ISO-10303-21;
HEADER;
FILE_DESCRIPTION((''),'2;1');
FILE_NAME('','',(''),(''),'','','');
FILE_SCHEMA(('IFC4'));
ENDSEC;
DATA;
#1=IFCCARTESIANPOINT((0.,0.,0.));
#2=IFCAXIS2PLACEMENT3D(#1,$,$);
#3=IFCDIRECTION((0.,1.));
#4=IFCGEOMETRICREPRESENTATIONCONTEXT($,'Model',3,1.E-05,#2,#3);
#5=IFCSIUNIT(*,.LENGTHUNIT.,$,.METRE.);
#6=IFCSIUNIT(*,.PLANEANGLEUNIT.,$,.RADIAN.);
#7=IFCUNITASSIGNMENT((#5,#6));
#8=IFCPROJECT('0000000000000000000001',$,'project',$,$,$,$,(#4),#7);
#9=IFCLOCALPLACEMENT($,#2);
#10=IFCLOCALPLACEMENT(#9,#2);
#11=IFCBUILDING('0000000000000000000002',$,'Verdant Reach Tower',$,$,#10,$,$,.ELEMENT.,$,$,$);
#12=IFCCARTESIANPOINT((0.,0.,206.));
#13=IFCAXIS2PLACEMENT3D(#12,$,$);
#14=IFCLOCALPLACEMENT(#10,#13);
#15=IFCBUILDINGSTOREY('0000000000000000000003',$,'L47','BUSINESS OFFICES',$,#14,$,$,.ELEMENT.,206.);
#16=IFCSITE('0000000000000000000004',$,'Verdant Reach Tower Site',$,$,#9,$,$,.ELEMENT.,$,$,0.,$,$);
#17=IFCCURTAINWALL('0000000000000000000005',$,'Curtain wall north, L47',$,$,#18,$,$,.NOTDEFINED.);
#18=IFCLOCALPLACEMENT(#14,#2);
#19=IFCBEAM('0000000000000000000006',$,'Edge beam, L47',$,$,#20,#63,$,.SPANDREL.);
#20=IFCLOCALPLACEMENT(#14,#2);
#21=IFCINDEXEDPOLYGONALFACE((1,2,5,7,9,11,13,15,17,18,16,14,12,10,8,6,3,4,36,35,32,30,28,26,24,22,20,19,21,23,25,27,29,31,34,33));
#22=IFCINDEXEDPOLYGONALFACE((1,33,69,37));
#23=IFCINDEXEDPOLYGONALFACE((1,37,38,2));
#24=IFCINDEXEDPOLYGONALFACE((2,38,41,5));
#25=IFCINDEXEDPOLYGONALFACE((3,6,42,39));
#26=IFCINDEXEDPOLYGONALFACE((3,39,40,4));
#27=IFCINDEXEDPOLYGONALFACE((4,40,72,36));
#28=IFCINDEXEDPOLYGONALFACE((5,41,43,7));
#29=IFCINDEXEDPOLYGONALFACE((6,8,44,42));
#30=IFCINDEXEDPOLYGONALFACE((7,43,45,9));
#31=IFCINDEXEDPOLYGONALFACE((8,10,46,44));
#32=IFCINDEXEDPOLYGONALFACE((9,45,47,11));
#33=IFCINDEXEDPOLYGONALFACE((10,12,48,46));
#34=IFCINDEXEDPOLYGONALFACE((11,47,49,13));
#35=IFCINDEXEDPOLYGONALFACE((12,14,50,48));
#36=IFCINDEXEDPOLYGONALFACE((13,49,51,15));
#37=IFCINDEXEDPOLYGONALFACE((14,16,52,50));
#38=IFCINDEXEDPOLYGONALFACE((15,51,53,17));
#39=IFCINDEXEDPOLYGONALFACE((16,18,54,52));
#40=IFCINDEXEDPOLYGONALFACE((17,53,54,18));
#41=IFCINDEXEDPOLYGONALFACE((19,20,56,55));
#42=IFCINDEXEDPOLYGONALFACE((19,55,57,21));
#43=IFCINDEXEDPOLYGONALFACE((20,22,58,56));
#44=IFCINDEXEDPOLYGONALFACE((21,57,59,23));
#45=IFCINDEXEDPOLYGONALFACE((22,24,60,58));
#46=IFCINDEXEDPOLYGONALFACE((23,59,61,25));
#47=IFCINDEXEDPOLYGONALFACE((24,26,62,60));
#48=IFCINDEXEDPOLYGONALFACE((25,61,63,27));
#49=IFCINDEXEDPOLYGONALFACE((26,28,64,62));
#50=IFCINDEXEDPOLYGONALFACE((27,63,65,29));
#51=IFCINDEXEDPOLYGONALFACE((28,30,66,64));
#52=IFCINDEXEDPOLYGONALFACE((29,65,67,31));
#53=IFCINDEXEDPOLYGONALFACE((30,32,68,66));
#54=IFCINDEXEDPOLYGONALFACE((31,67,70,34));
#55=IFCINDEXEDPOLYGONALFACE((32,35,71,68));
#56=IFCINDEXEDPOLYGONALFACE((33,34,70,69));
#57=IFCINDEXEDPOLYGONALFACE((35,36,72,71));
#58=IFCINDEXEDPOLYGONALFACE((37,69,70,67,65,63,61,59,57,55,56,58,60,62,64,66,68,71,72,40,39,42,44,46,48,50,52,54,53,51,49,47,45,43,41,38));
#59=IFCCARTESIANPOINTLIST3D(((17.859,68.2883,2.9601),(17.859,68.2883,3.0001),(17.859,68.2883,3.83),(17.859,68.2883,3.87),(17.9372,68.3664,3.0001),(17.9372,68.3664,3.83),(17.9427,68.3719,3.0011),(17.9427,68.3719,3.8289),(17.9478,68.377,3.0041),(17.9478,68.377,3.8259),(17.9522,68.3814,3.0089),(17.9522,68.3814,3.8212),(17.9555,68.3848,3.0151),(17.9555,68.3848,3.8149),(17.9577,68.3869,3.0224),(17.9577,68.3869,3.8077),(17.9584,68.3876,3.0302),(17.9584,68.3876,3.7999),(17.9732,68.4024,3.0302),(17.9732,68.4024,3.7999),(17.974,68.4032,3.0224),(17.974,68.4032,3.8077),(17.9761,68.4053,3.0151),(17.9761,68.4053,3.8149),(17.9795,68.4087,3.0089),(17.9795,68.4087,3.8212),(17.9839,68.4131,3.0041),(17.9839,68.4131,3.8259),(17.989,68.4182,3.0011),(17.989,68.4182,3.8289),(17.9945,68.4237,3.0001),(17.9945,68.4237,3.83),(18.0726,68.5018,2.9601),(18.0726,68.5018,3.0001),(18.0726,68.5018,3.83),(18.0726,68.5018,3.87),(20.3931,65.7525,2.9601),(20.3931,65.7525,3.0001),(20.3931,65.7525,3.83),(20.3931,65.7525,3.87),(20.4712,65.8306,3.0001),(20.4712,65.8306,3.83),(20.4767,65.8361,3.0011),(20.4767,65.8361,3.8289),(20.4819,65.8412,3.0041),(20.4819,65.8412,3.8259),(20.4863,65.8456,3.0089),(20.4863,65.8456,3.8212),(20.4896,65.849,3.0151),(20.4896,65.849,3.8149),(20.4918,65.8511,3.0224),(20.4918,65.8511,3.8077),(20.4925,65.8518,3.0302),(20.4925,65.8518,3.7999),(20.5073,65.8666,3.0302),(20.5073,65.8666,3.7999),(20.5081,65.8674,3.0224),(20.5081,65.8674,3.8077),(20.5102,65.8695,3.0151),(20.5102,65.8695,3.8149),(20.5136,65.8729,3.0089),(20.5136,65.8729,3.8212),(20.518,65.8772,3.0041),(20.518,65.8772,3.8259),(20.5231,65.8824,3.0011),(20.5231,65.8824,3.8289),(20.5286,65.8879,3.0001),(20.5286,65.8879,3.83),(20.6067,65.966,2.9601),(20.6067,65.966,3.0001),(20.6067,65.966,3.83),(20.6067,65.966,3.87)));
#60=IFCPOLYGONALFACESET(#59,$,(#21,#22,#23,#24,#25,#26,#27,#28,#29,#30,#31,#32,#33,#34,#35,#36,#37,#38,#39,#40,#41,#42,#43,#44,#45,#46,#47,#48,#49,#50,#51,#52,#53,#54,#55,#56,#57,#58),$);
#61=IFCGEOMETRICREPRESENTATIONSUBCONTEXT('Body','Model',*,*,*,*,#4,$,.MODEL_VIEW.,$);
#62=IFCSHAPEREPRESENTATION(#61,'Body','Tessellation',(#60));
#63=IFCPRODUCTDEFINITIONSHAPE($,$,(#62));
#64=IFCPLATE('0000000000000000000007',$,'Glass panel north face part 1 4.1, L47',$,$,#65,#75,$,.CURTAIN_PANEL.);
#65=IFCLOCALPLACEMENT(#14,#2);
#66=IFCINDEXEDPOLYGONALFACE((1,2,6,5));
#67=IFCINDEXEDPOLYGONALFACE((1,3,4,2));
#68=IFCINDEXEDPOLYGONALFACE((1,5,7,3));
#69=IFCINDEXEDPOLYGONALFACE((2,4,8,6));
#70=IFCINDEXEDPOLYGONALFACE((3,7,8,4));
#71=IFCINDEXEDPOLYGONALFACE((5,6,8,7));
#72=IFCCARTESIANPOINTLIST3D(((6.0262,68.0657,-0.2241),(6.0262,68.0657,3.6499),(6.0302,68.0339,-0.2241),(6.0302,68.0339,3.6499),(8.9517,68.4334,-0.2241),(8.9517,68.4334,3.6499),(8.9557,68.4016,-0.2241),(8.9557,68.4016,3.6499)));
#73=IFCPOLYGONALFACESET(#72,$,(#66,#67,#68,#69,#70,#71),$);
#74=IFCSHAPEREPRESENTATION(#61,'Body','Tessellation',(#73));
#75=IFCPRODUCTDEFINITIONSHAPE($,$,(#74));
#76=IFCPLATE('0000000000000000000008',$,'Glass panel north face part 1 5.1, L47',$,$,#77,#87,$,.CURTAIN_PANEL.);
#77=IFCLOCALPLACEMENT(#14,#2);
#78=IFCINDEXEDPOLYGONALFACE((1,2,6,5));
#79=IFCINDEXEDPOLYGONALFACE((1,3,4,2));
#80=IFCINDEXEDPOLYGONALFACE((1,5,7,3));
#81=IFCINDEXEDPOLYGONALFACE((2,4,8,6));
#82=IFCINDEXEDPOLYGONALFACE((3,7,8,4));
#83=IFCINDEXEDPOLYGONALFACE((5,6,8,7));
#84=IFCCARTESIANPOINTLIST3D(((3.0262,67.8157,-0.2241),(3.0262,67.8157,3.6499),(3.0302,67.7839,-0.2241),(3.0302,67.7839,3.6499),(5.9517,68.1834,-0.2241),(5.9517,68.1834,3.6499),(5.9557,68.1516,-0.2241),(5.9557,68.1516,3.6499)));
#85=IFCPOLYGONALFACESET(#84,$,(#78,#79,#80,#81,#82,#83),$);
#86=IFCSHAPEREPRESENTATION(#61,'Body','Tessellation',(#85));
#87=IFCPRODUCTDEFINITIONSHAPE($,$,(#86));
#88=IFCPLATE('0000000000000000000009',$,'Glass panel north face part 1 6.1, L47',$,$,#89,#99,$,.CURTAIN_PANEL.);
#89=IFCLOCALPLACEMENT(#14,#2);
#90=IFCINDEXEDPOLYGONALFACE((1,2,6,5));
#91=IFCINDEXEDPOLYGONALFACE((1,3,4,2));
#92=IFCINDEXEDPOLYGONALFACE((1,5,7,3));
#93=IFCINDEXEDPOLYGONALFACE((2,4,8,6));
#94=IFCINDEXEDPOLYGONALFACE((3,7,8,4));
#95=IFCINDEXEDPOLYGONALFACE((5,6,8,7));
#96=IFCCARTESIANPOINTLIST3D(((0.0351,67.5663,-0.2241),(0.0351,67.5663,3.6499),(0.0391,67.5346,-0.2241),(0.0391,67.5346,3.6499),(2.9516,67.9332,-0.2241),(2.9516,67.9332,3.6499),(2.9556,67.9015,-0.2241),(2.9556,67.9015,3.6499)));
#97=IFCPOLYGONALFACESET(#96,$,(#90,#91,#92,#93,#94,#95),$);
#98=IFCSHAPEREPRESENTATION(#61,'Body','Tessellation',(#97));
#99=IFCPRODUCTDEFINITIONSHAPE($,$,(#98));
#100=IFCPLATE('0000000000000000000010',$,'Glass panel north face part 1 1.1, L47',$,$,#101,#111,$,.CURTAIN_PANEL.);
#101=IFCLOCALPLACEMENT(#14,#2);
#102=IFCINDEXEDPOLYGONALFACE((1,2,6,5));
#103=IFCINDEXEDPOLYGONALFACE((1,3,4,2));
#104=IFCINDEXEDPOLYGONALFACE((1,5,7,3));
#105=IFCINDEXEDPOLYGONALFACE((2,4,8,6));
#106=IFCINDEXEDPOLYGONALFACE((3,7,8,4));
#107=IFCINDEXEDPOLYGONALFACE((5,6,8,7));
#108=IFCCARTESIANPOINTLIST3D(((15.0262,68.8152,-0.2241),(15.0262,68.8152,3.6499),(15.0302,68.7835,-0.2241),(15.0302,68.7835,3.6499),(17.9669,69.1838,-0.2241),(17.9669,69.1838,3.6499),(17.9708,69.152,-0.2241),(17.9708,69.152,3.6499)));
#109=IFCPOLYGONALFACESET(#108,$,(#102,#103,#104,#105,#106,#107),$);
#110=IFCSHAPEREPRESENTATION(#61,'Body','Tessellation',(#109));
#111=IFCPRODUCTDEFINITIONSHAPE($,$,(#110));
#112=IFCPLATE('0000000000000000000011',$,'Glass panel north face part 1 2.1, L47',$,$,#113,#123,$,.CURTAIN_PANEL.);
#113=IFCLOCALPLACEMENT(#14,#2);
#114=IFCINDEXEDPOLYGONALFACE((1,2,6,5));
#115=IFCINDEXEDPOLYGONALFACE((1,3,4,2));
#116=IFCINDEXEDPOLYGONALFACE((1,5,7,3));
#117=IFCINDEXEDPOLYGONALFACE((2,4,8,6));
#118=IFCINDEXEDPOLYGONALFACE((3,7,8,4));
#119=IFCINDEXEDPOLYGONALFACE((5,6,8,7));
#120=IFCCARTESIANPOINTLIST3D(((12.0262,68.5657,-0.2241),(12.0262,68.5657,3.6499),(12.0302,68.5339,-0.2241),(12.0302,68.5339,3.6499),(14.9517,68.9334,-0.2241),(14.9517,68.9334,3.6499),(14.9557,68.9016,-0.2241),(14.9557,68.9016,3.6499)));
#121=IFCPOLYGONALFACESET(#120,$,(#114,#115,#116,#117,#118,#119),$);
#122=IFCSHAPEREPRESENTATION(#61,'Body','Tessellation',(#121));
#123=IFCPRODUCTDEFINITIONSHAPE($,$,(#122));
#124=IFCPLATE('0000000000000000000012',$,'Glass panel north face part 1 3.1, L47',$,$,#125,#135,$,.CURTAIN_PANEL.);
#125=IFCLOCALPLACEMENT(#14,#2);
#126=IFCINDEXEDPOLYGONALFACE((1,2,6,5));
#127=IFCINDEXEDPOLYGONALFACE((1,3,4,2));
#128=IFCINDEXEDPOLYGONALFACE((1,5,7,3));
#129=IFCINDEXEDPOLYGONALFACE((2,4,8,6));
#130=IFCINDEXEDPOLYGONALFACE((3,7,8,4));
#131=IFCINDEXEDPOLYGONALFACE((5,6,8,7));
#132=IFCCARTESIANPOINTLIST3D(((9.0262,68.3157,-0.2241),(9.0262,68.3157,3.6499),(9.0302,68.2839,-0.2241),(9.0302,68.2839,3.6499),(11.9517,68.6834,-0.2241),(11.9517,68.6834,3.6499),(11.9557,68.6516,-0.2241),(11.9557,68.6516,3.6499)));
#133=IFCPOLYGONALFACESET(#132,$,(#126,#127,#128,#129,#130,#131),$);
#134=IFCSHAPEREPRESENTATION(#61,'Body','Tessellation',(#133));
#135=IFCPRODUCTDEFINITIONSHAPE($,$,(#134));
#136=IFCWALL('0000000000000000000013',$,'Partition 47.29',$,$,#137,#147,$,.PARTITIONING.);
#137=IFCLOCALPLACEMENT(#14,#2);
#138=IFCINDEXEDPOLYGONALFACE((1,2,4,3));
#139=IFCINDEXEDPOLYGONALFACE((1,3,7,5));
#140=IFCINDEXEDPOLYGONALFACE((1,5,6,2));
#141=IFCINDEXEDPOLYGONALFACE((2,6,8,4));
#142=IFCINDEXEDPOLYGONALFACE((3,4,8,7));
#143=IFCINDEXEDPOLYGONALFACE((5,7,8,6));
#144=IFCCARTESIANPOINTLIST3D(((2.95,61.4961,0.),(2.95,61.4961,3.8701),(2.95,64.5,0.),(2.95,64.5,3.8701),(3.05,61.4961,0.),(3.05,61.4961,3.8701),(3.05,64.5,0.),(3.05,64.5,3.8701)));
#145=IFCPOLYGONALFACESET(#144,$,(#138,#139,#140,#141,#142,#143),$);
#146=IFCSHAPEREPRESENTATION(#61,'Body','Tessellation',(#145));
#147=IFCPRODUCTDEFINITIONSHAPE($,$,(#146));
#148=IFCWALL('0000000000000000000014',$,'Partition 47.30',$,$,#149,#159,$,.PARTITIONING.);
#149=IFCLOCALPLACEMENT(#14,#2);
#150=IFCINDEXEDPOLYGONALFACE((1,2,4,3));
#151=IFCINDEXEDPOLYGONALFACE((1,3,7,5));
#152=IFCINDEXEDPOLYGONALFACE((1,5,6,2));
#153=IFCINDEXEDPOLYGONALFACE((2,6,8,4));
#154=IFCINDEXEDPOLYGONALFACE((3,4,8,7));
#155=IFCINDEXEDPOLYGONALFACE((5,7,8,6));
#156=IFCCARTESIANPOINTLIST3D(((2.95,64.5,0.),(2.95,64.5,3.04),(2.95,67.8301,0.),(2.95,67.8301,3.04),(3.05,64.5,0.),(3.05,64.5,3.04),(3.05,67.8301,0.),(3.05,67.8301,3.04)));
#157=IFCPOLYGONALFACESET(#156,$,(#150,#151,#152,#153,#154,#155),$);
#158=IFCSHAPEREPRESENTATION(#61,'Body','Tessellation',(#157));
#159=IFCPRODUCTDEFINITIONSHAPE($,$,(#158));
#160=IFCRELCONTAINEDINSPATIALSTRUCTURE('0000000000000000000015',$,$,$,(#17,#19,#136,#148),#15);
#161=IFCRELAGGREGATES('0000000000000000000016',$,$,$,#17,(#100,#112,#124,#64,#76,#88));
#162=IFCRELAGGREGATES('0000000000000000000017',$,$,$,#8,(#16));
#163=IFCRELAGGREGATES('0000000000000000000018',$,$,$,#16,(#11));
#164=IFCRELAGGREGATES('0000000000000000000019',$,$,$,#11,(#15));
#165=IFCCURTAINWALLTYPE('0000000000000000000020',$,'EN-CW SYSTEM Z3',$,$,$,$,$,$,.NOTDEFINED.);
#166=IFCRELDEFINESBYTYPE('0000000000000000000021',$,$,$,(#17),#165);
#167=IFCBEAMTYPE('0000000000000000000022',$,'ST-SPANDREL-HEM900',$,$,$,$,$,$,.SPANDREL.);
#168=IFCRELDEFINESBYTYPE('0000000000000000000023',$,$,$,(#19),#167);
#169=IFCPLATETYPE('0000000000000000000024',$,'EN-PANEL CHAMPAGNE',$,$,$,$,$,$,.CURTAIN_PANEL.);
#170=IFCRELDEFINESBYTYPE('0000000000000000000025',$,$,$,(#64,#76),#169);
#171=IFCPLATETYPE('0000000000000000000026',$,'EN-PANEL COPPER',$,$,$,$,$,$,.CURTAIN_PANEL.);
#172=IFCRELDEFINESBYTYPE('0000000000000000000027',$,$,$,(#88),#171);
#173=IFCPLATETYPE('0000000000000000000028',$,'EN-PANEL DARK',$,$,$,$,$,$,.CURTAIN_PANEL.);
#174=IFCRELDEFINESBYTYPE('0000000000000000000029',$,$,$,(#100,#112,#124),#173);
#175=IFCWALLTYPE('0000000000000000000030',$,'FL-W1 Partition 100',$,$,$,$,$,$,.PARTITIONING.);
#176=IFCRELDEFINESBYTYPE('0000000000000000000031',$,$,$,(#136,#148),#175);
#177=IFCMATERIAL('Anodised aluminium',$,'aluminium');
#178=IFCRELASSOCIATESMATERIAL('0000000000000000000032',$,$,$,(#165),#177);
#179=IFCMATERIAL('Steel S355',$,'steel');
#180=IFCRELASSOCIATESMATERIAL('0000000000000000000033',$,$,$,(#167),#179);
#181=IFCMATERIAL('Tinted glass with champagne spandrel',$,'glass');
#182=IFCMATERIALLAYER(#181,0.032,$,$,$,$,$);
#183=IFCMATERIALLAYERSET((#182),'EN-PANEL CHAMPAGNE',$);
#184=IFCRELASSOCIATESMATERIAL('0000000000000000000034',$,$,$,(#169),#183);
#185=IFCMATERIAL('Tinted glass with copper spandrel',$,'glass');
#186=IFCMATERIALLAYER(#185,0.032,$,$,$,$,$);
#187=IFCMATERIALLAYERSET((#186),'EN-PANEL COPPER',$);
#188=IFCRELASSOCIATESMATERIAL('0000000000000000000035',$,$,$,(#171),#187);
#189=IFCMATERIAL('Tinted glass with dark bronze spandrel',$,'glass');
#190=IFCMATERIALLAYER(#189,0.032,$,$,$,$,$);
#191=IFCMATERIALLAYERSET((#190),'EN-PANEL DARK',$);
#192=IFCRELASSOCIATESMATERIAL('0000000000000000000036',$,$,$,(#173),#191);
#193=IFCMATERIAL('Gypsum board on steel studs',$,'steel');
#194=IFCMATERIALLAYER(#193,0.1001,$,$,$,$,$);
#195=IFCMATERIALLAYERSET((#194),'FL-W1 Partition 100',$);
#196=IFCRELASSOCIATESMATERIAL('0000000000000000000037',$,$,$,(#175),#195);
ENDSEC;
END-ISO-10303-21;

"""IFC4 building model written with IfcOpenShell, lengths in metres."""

from ifc_helpers import new_model, si_unit, direction, frame, frame_2d, origin, origin_2d, place, context, subcontext, project, spatial, rectangle, i_section, extrude, material, layer, layer_set, material_profile, profile_set, type_object, element, aggregate, save


model = new_model("IFC4")

# Units and contexts
model_context = context("Model", 3, precision=1e-05, world=origin(), true_north=direction((0.0, 1.0)))
body_context = subcontext(model_context, "Body", "Model", "MODEL_VIEW")
ifc_project = project(units=[si_unit("LENGTHUNIT", "METRE"), si_unit("PLANEANGLEUNIT", "RADIAN")], contexts=[model_context])

# Site, building, storey
site_placement = place(None, origin())
site = spatial("IfcSite", under=ifc_project, at=site_placement, Name="Verdant Reach Tower Site", CompositionType="ELEMENT", RefElevation=0.0)
building_placement = place(site_placement, origin())
building = spatial("IfcBuilding", under=site, at=building_placement, Name="Verdant Reach Tower", CompositionType="ELEMENT")
storey_placement = place(building_placement, frame((0.0, 0.0, 206.0)))
storey = spatial("IfcBuildingStorey", under=building, at=storey_placement, Name="L47", Description="BUSINESS OFFICES", CompositionType="ELEMENT", Elevation=206.0)

# Curtain wall
ifc_material_1 = material(Name="Anodised aluminium", Category="aluminium")
curtain_wall_type = type_object("IfcCurtainWallType", Name="EN-CW SYSTEM Z3", PredefinedType="NOTDEFINED", material=ifc_material_1)
curtain_wall_placement = place(storey_placement, origin())
curtain_wall = element("IfcCurtainWall", 1, at=curtain_wall_placement, inside=storey, type_object=curtain_wall_type, Name="Curtain wall north, L47", PredefinedType="NOTDEFINED")

# Beam
ifc_material_2 = material(Name="Steel S355", Category="steel")
ifc_material_profile_1 = material_profile(ifc_material_2, i_section(OverallWidth=0.302, OverallDepth=0.9099, WebThickness=0.021, FlangeThickness=0.04, FilletRadius=0.03, at=origin_2d()), Name="HEM 900")
ifc_profile_set_1 = profile_set([ifc_material_profile_1], Name="Steel S355")
beam_type_1 = type_object("IfcBeamType", Name="ST-SPANDREL-HEM900", PredefinedType="SPANDREL", material=ifc_profile_set_1)
beam_1_placement = place(storey_placement, frame((17.9658, 68.395, 3.415), z_axis=(0.706868, -0.707345, 0.0), x_axis=(0.707345, 0.706868, 0.0)))
element("IfcBeam", 2, at=beam_1_placement, inside=storey, type_object=beam_type_1, Name="Edge beam, L47", PredefinedType="SPANDREL", context=body_context, shape_type="SweptSolid", body=[
    extrude(i_section(OverallWidth=0.302, OverallDepth=0.9099, WebThickness=0.021, FlangeThickness=0.04, FilletRadius=0.03, at=origin_2d()), origin(), (0.0, 0.0, 1.0), 3.585),
])

# Plates
ifc_material_3 = material(Name="Tinted glass with champagne spandrel", Category="glass")
ifc_layer_1 = layer(ifc_material_3, 0.032)
ifc_layer_set_1 = layer_set([ifc_layer_1], Name="EN-PANEL CHAMPAGNE")
plate_type_1 = type_object("IfcPlateType", Name="EN-PANEL CHAMPAGNE", PredefinedType="CURTAIN_PANEL", material=ifc_layer_set_1)
plate_1_placement = place(storey_placement, frame((7.491, 68.2336, -0.2241), z_axis=(0.0, 0.0, 1.0), x_axis=(-0.992194, -0.124704, 0.0)))
plate_1 = element("IfcPlate", 3, at=plate_1_placement, type_object=plate_type_1, Name="Glass panel north face part 1 4.1, L47", PredefinedType="CURTAIN_PANEL", context=body_context, shape_type="SweptSolid", body=[
    extrude(rectangle(XDim=2.9485, YDim=0.032, at=origin_2d()), origin(), (0.0, 0.0, 1.0), 3.874),
])
plate_2_placement = place(storey_placement, frame((4.491, 67.9836, -0.2241), z_axis=(0.0, 0.0, 1.0), x_axis=(-0.992194, -0.124704, 0.0)))
plate_2 = element("IfcPlate", 4, at=plate_2_placement, type_object=plate_type_1, Name="Glass panel north face part 1 5.1, L47", PredefinedType="CURTAIN_PANEL", context=body_context, shape_type="SweptSolid", body=[
    extrude(rectangle(XDim=2.9485, YDim=0.032, at=origin_2d()), origin(), (0.0, 0.0, 1.0), 3.874),
])
ifc_material_4 = material(Name="Tinted glass with copper spandrel", Category="glass")
ifc_layer_2 = layer(ifc_material_4, 0.032)
ifc_layer_set_2 = layer_set([ifc_layer_2], Name="EN-PANEL COPPER")
plate_type_2 = type_object("IfcPlateType", Name="EN-PANEL COPPER", PredefinedType="CURTAIN_PANEL", material=ifc_layer_set_2)
plate_3_placement = place(storey_placement, frame((1.4954, 67.7339, -0.2241), z_axis=(0.0, 0.0, 1.0), x_axis=(-0.992178, -0.124828, 0.0)))
plate_3 = element("IfcPlate", 5, at=plate_3_placement, type_object=plate_type_2, Name="Glass panel north face part 1 6.1, L47", PredefinedType="CURTAIN_PANEL", context=body_context, shape_type="SweptSolid", body=[
    extrude(rectangle(XDim=2.9395, YDim=0.032, at=origin_2d()), origin(), (0.0, 0.0, 1.0), 3.874),
])
ifc_material_5 = material(Name="Tinted glass with dark bronze spandrel", Category="glass")
ifc_layer_3 = layer(ifc_material_5, 0.032)
ifc_layer_set_3 = layer_set([ifc_layer_3], Name="EN-PANEL DARK")
plate_type_3 = type_object("IfcPlateType", Name="EN-PANEL DARK", PredefinedType="CURTAIN_PANEL", material=ifc_layer_set_3)
plate_4_placement = place(storey_placement, frame((16.4985, 68.9836, -0.2241), z_axis=(0.0, 0.0, 1.0), x_axis=(-0.992238, -0.124355, 0.0)))
plate_4 = element("IfcPlate", 6, at=plate_4_placement, type_object=plate_type_3, Name="Glass panel north face part 1 1.1, L47", PredefinedType="CURTAIN_PANEL", context=body_context, shape_type="SweptSolid", body=[
    extrude(rectangle(XDim=2.9636, YDim=0.032, at=origin_2d()), origin(), (0.0, 0.0, 1.0), 3.874),
])
plate_5_placement = place(storey_placement, frame((13.491, 68.7336, -0.2241), z_axis=(0.0, 0.0, 1.0), x_axis=(-0.992194, -0.124704, 0.0)))
plate_5 = element("IfcPlate", 7, at=plate_5_placement, type_object=plate_type_3, Name="Glass panel north face part 1 2.1, L47", PredefinedType="CURTAIN_PANEL", context=body_context, shape_type="SweptSolid", body=[
    extrude(rectangle(XDim=2.9485, YDim=0.032, at=origin_2d()), origin(), (0.0, 0.0, 1.0), 3.874),
])
plate_6_placement = place(storey_placement, frame((10.491, 68.4836, -0.2241), z_axis=(0.0, 0.0, 1.0), x_axis=(-0.992194, -0.124704, 0.0)))
plate_6 = element("IfcPlate", 8, at=plate_6_placement, type_object=plate_type_3, Name="Glass panel north face part 1 3.1, L47", PredefinedType="CURTAIN_PANEL", context=body_context, shape_type="SweptSolid", body=[
    extrude(rectangle(XDim=2.9485, YDim=0.032, at=origin_2d()), origin(), (0.0, 0.0, 1.0), 3.874),
])
aggregate(curtain_wall, [plate_4, plate_5, plate_6, plate_1, plate_2, plate_3])

# Walls
ifc_material_6 = material(Name="Gypsum board on steel studs", Category="steel")
ifc_layer_4 = layer(ifc_material_6, 0.1001)
ifc_layer_set_4 = layer_set([ifc_layer_4], Name="FL-W1 Partition 100")
wall_type = type_object("IfcWallType", Name="FL-W1 Partition 100", PredefinedType="PARTITIONING", material=ifc_layer_set_4)
wall_1_placement = place(storey_placement, frame((3.0, 61.4961, 0.0), z_axis=(0.0, 0.0, 1.0), x_axis=(0.0, 1.0, 0.0)))
element("IfcWall", 9, at=wall_1_placement, inside=storey, type_object=wall_type, Name="Partition 47.29", PredefinedType="PARTITIONING", context=body_context, shape_type="SweptSolid", body=[
    extrude(rectangle(XDim=3.0039, YDim=0.1001, at=frame_2d((1.502, 0.0))), origin(), (0.0, 0.0, 1.0), 3.8701),
])
wall_2_placement = place(storey_placement, frame((3.0, 64.5, 0.0), z_axis=(0.0, 0.0, 1.0), x_axis=(0.0, 1.0, 0.0)))
element("IfcWall", 10, at=wall_2_placement, inside=storey, type_object=wall_type, Name="Partition 47.30", PredefinedType="PARTITIONING", context=body_context, shape_type="SweptSolid", body=[
    extrude(rectangle(XDim=3.3301, YDim=0.1001, at=frame_2d((1.665, 0.0))), origin(), (0.0, 0.0, 1.0), 3.04),
])

save(model, "model.ifc")
